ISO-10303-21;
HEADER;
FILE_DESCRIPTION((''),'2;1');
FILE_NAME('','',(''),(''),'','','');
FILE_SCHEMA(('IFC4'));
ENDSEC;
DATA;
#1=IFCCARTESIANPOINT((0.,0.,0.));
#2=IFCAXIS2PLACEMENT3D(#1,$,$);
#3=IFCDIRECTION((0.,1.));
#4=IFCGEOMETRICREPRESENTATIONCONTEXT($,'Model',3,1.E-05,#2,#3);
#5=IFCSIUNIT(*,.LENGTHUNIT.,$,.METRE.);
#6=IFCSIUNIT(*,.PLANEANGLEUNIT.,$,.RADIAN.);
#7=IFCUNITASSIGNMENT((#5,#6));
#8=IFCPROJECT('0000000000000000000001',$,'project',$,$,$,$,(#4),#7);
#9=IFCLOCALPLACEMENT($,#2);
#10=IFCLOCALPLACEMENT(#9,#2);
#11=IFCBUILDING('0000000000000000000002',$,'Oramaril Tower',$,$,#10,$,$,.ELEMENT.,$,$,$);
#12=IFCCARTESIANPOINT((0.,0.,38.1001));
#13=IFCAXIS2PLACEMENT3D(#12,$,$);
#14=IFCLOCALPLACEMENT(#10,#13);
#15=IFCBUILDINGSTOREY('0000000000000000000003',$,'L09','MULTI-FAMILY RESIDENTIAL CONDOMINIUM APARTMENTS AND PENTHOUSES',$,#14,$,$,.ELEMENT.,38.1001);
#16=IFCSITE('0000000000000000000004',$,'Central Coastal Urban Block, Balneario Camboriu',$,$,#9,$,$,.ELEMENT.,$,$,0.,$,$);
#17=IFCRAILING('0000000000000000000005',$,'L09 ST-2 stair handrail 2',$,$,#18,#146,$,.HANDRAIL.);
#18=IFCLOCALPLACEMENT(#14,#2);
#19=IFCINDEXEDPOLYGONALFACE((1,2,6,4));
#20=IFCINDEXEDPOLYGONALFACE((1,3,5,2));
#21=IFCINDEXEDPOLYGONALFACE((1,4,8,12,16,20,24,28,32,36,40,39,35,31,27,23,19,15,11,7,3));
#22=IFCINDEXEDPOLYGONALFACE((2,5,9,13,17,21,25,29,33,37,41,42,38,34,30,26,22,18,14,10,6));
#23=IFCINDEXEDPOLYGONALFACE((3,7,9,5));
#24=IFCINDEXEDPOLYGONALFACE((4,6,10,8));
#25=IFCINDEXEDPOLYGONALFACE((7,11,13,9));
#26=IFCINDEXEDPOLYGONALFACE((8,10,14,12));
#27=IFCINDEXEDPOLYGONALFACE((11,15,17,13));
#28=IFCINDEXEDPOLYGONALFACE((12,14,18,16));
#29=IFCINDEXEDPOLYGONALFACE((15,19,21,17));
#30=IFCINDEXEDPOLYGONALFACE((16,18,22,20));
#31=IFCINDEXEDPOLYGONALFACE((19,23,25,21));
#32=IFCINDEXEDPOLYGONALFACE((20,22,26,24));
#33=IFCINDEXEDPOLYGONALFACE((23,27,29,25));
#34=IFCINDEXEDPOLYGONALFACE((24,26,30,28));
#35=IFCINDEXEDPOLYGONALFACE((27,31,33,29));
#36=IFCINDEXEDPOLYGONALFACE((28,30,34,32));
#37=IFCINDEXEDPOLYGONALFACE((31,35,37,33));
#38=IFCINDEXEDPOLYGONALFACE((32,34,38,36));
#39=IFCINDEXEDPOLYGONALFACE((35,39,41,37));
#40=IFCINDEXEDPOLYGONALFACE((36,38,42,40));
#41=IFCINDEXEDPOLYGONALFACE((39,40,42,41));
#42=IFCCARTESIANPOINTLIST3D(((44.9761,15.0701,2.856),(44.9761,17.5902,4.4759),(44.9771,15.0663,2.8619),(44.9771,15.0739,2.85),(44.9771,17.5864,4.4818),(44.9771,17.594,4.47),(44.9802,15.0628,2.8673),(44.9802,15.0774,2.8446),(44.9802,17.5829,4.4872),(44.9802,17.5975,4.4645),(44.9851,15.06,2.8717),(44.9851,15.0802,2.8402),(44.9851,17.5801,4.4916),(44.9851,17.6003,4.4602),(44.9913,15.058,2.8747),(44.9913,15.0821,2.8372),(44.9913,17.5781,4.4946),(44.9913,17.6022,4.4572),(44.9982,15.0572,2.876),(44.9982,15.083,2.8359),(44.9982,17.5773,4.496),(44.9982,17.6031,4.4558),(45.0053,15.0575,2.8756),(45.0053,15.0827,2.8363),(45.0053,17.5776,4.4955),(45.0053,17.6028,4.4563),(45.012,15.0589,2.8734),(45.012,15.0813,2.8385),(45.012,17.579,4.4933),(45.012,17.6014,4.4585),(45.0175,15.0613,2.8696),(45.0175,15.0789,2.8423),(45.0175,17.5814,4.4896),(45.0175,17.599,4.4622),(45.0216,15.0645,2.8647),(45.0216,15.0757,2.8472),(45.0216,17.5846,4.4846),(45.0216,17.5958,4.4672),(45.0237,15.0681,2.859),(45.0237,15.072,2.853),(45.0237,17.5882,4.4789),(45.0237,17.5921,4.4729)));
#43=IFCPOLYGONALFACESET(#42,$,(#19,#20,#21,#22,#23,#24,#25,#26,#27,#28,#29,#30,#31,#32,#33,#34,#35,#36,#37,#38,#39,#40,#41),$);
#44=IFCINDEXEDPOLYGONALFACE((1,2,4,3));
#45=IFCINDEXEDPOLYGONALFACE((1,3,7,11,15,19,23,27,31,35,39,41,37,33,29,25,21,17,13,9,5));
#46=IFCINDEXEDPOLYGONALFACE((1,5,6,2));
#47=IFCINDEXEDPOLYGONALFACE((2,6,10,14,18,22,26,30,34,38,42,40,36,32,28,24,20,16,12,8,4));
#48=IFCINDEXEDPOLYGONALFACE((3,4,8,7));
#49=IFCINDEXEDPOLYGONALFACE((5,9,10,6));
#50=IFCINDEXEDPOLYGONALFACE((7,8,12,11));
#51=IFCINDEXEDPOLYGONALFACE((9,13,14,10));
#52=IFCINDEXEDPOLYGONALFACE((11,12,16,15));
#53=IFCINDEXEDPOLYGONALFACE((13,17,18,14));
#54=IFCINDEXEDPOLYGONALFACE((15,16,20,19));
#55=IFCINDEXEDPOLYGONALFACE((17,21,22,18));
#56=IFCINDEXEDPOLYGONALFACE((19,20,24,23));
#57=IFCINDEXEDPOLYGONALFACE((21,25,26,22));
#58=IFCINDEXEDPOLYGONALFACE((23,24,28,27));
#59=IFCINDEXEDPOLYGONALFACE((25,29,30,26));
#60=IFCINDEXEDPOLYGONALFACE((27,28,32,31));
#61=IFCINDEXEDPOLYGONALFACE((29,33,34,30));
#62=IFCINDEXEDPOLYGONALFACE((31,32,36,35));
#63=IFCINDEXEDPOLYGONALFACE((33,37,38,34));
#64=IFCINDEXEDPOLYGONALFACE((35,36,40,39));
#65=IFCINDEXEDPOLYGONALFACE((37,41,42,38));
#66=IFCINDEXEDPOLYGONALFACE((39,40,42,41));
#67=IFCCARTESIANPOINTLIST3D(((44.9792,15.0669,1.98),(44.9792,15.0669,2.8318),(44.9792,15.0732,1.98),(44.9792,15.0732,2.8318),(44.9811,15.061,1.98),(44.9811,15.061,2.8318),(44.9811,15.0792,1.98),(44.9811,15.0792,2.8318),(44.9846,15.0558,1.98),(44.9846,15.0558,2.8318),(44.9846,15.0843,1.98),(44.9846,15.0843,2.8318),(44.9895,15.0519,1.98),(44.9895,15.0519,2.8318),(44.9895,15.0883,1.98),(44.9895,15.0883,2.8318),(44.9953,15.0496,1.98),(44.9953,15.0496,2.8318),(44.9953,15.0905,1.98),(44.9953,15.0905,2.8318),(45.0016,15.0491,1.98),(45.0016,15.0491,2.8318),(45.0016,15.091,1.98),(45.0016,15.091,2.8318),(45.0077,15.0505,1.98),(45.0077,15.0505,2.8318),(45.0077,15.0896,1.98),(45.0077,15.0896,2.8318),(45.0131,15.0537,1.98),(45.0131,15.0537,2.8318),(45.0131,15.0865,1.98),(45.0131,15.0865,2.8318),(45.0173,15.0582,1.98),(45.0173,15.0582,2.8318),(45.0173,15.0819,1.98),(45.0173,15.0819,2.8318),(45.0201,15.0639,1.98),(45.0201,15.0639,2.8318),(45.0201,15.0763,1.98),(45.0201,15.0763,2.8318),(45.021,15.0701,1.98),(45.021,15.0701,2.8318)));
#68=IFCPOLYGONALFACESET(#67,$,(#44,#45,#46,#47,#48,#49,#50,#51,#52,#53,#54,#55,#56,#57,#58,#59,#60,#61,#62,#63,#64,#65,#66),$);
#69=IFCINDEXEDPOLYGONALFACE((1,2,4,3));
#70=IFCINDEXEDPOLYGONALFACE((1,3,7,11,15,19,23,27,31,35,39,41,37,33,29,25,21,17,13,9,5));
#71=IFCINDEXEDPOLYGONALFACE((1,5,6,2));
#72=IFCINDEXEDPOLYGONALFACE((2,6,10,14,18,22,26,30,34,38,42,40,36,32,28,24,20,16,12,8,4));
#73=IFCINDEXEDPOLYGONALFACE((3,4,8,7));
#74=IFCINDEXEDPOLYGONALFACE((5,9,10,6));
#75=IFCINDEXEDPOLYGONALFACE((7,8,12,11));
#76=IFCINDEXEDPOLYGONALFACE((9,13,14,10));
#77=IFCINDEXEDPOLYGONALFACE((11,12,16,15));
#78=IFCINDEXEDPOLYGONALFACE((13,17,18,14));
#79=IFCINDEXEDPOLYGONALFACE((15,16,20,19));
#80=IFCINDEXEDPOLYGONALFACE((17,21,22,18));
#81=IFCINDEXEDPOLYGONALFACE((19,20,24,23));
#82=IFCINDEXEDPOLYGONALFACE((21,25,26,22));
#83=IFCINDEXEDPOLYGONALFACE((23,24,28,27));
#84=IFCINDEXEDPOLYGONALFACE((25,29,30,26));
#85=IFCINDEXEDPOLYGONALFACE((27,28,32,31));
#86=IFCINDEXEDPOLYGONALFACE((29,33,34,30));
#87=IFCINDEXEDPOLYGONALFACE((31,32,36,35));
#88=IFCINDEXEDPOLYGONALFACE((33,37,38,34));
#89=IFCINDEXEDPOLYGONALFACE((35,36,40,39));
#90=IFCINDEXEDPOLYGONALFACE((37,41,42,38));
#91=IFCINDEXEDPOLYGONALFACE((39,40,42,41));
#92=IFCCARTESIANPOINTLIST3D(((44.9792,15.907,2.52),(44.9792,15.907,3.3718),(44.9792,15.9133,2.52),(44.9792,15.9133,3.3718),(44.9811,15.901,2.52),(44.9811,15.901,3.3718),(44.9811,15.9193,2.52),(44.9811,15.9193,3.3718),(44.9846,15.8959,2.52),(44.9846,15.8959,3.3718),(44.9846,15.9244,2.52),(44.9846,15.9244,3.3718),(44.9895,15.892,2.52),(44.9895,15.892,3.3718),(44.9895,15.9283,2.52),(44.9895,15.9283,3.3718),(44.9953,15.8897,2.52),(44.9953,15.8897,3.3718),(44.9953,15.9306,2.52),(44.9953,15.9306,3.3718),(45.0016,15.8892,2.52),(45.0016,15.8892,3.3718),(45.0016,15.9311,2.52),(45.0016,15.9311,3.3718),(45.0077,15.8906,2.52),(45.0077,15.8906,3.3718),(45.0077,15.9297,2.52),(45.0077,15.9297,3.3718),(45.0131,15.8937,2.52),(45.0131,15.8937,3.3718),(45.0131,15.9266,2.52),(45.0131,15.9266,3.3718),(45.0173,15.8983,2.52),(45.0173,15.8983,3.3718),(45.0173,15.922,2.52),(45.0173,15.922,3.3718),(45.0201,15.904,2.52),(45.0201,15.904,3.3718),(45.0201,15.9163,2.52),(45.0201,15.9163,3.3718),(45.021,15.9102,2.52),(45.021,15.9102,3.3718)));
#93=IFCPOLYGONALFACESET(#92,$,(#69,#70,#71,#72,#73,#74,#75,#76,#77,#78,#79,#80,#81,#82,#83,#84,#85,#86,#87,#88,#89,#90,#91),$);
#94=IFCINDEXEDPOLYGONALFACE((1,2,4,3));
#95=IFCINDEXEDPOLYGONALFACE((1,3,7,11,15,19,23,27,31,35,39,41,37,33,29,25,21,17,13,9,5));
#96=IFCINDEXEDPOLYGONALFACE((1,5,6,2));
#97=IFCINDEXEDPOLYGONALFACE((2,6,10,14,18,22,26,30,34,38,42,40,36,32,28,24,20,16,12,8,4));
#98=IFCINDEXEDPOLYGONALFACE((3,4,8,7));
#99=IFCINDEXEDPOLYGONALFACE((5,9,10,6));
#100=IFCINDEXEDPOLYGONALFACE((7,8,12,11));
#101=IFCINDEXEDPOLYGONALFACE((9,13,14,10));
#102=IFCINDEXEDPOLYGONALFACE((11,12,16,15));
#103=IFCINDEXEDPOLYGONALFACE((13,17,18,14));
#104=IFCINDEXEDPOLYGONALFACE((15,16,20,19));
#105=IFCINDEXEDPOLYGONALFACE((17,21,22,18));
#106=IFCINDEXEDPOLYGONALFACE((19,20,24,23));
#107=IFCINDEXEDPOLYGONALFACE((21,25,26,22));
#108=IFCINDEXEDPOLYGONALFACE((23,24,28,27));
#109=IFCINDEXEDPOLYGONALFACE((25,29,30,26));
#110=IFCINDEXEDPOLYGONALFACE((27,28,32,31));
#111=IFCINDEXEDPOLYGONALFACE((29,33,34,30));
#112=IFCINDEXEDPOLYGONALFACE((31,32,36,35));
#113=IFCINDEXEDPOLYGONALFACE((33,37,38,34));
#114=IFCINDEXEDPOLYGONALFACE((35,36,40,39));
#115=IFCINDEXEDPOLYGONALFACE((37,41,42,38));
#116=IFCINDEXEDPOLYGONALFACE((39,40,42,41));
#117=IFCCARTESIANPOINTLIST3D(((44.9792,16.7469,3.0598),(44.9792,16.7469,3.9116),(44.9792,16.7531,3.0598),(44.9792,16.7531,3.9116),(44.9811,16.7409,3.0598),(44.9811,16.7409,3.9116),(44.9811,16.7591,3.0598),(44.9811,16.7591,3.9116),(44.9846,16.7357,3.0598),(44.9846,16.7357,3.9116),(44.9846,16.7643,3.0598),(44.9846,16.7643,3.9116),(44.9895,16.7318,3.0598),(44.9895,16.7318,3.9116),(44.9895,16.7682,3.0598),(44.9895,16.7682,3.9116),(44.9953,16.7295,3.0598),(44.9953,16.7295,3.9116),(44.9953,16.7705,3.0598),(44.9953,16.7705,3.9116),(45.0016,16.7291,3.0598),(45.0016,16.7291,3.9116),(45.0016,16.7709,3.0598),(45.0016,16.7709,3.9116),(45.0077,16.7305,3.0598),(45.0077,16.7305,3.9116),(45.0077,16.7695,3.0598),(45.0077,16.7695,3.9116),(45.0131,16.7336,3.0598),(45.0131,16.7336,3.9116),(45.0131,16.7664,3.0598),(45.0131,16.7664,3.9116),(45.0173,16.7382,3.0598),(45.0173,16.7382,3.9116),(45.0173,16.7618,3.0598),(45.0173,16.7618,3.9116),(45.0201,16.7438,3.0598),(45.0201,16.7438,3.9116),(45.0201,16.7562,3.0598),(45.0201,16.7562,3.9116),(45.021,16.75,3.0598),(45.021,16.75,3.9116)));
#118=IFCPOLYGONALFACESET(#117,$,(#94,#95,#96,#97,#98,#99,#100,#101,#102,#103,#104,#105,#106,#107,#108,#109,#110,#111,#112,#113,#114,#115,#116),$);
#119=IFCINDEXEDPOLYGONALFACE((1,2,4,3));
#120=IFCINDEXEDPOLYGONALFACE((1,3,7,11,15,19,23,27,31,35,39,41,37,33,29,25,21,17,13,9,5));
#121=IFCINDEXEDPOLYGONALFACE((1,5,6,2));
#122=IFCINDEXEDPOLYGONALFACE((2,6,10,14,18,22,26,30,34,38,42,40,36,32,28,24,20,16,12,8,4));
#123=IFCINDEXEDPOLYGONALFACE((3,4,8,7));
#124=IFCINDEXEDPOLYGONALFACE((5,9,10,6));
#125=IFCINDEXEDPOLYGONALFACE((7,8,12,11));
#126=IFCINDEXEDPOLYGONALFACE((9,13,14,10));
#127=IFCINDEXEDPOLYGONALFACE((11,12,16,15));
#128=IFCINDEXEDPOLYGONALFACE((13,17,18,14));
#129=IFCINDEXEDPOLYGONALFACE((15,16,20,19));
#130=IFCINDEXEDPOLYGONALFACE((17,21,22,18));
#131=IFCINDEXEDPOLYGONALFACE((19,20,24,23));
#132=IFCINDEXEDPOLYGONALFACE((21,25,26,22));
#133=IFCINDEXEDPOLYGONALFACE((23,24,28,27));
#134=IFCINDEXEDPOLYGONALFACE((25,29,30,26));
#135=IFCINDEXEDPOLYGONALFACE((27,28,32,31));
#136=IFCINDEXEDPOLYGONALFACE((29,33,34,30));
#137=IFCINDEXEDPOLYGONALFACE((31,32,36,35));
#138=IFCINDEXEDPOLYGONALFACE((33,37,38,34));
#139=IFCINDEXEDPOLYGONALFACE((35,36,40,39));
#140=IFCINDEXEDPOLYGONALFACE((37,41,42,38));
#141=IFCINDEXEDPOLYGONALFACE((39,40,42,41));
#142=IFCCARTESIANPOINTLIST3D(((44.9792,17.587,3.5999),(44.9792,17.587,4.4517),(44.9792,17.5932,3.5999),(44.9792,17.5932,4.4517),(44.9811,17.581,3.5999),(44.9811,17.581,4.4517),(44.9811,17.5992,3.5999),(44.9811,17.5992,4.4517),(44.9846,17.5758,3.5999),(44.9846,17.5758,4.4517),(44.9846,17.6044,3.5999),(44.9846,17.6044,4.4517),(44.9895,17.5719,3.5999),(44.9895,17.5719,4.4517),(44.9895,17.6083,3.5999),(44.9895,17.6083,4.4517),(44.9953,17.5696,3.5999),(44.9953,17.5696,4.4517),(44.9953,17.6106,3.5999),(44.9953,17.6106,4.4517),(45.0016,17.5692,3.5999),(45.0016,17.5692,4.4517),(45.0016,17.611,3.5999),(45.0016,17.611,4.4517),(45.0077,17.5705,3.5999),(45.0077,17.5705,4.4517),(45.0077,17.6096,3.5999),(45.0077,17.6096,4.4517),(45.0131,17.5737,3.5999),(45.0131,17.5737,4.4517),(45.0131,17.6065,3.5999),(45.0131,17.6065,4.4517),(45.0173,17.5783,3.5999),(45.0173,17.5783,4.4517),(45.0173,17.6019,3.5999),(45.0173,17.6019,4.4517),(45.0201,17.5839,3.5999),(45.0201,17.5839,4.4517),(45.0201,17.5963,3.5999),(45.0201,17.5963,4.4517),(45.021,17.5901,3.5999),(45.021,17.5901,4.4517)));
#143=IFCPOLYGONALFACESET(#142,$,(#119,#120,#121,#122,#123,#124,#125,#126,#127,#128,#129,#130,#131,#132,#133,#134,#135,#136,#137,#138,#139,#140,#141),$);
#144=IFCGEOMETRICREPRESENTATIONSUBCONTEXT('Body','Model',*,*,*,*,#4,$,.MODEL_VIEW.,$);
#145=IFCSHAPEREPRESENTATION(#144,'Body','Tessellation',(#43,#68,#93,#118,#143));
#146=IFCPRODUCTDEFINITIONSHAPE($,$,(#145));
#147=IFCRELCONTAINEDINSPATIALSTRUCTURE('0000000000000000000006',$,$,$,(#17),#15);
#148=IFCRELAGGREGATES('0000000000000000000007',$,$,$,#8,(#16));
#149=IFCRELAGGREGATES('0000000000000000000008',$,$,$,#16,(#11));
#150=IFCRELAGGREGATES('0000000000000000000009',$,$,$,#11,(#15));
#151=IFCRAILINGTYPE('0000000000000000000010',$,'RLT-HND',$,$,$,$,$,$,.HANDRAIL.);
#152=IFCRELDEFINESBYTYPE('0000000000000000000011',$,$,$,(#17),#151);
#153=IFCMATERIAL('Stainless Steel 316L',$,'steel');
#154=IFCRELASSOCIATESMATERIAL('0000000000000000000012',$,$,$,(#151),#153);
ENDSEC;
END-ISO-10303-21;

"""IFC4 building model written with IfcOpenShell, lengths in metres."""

from ifc_helpers import new_model, si_unit, direction, frame, origin, origin_2d, place, context, subcontext, project, spatial, circle, extrude, material, type_object, element, save


model = new_model("IFC4")

# Units and contexts
model_context = context("Model", 3, precision=1e-05, world=origin(), true_north=direction((0.0, 1.0)))
body_context = subcontext(model_context, "Body", "Model", "MODEL_VIEW")
ifc_project = project(units=[si_unit("LENGTHUNIT", "METRE"), si_unit("PLANEANGLEUNIT", "RADIAN")], contexts=[model_context])

# Site, building, storey
site_placement = place(None, origin())
site = spatial("IfcSite", under=ifc_project, at=site_placement, Name="Central Coastal Urban Block, Balneario Camboriu", CompositionType="ELEMENT", RefElevation=0.0)
building_placement = place(site_placement, origin())
building = spatial("IfcBuilding", under=site, at=building_placement, Name="Oramaril Tower", CompositionType="ELEMENT")
storey_placement = place(building_placement, frame((0.0, 0.0, 38.1001)))
storey = spatial("IfcBuildingStorey", under=building, at=storey_placement, Name="L09", Description="MULTI-FAMILY RESIDENTIAL CONDOMINIUM APARTMENTS AND PENTHOUSES", CompositionType="ELEMENT", Elevation=38.1001)

# Railing
ifc_material_1 = material(Name="Stainless Steel 316L", Category="steel")
railing_type_1 = type_object("IfcRailingType", Name="RLT-HND", PredefinedType="HANDRAIL", material=ifc_material_1)
railing_1_placement = place(storey_placement, frame((45.0, 15.0701, 1.98)))
element("IfcRailing", 1, at=railing_1_placement, inside=storey, type_object=railing_type_1, Name="L09 ST-2 stair handrail 2", PredefinedType="HANDRAIL", context=body_context, shape_type="SweptSolid", body=[
    extrude(circle(Radius=0.0239, at=origin_2d()), frame((0.0, 0.0, 0.876), z_axis=(0.0, 0.8412, 0.540725), x_axis=(-1.0, 0.0, 0.0)), (0.0, 0.0, 1.0), 2.9958),
    extrude(circle(Radius=0.021, at=origin_2d()), origin(), (0.0, 0.0, 1.0), 0.8518),
    extrude(circle(Radius=0.021, at=origin_2d()), frame((0.0, 0.8401, 0.54)), (0.0, 0.0, 1.0), 0.8518),
    extrude(circle(Radius=0.021, at=origin_2d()), frame((0.0, 1.6799, 1.0798)), (0.0, 0.0, 1.0), 0.8518),
    extrude(circle(Radius=0.021, at=origin_2d()), frame((0.0, 2.52, 1.6199)), (0.0, 0.0, 1.0), 0.8518),
])

save(model, "model.ifc")
